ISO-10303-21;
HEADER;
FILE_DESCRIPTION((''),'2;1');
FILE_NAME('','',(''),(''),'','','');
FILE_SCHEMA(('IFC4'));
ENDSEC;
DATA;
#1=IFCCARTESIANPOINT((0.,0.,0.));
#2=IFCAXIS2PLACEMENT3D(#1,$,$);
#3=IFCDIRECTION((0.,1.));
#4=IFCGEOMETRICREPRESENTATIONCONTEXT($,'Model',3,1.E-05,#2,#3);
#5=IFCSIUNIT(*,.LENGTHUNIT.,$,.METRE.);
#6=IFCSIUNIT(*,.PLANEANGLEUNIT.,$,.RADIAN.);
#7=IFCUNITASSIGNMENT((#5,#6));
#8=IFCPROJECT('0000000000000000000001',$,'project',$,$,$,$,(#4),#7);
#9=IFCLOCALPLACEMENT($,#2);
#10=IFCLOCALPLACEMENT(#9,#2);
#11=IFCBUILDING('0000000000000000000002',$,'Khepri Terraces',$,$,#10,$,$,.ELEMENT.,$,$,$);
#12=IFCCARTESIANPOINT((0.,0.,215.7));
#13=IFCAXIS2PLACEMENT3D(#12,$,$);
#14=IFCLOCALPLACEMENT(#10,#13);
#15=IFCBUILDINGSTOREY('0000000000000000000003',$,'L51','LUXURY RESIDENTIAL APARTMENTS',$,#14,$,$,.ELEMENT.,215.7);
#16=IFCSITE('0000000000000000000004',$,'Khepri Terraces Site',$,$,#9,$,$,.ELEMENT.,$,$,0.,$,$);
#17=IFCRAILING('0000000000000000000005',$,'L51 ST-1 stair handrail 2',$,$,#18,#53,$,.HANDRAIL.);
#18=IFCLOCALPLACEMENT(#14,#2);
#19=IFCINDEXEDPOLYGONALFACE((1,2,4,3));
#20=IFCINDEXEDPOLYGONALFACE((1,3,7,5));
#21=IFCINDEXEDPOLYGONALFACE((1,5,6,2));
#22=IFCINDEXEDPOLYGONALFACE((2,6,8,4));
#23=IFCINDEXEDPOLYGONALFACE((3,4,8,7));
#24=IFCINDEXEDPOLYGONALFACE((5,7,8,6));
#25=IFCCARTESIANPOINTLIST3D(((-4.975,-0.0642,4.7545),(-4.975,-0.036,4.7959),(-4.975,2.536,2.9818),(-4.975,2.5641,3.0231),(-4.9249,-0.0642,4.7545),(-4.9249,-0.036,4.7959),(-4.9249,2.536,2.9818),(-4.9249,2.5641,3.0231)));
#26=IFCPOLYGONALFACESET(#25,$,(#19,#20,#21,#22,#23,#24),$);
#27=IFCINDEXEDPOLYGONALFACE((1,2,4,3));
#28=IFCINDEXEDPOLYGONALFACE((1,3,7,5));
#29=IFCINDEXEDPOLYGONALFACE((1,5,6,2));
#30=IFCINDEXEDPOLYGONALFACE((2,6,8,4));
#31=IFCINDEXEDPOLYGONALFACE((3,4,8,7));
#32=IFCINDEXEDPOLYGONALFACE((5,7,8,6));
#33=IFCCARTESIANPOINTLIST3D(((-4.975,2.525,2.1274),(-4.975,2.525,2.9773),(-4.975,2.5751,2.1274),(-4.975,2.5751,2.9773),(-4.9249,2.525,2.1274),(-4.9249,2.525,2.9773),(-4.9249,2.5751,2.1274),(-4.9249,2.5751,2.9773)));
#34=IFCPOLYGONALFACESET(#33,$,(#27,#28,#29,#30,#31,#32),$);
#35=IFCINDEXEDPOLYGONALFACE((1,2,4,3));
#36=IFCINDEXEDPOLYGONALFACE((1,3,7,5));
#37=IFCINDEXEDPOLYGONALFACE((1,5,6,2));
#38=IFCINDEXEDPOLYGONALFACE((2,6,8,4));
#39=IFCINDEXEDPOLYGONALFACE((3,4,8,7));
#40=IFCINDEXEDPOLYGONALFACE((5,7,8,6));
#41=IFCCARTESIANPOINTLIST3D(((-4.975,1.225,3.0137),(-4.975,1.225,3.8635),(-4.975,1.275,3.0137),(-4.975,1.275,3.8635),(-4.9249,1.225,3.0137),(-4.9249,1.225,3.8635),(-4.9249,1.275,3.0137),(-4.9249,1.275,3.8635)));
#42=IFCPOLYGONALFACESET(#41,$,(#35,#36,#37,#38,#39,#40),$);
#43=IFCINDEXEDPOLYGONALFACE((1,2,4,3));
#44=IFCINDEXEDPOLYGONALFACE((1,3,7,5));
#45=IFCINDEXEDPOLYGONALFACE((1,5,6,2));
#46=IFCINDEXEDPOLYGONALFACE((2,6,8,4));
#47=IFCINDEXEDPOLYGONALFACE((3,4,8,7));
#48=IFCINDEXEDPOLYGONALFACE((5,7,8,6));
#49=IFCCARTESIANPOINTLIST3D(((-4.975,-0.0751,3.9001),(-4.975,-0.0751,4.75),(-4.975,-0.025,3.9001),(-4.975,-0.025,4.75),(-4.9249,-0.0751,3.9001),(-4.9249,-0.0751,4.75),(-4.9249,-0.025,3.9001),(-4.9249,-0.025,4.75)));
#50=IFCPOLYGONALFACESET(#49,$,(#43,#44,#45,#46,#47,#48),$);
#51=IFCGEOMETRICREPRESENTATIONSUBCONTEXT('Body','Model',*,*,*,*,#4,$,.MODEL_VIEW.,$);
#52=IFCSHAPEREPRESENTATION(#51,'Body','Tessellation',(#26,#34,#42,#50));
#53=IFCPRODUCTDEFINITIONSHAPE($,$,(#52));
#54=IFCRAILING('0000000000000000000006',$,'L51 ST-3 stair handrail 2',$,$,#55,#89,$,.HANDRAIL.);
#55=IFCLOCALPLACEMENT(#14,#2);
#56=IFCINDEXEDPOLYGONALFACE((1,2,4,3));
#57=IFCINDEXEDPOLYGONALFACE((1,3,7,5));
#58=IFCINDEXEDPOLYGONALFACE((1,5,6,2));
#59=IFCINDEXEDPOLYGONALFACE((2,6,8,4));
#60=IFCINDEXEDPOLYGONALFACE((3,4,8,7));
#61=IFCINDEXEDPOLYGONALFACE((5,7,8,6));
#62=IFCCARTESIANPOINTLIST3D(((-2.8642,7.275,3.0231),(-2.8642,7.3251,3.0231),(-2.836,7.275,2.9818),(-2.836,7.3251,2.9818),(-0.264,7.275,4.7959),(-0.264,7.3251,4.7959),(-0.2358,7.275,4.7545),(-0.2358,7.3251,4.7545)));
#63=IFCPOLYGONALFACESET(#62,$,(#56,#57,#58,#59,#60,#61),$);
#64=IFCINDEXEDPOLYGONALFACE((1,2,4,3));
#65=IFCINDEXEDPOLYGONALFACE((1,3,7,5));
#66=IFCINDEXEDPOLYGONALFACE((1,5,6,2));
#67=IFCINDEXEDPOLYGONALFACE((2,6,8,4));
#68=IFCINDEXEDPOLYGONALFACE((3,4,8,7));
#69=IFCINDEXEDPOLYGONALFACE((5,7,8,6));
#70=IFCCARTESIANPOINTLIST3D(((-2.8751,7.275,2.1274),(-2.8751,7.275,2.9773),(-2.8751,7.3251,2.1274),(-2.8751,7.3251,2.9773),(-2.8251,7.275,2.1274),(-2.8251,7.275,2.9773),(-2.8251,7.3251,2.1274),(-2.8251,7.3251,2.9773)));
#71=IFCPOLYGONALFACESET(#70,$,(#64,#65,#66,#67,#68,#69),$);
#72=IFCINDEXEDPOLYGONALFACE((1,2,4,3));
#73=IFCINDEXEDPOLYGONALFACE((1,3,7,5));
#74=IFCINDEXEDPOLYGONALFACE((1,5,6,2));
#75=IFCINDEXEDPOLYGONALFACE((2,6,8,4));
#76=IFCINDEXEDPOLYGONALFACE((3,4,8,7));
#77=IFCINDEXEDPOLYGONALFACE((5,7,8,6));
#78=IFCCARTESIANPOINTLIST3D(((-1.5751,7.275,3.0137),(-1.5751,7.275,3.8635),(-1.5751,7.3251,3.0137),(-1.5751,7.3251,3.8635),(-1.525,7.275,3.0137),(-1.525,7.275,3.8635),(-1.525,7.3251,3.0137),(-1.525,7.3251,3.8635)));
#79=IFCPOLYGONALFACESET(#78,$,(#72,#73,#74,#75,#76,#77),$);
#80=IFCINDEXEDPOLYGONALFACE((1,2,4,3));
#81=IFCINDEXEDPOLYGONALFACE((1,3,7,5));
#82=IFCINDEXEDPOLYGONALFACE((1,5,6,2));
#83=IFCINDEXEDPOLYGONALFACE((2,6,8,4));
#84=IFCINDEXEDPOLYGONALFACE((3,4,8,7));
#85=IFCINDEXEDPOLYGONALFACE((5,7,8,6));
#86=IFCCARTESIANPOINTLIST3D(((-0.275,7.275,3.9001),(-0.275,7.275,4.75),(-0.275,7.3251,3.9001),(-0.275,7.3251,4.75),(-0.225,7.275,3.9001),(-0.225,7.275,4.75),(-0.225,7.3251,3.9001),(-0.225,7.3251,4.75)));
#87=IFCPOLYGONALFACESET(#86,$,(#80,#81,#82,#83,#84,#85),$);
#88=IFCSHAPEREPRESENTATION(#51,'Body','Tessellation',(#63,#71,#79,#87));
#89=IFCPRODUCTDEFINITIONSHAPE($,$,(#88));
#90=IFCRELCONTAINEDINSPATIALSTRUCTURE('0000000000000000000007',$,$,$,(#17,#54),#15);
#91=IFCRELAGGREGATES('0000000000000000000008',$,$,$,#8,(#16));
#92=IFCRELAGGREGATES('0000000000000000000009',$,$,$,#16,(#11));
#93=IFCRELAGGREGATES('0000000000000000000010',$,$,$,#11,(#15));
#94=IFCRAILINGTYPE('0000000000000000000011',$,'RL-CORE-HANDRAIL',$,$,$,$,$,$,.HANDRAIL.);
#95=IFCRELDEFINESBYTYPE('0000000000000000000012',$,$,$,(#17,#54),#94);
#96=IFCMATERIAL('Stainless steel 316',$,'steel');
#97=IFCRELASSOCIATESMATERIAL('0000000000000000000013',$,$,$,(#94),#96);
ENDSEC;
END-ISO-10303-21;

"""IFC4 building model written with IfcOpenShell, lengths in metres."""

from ifc_helpers import new_model, si_unit, direction, frame, origin, origin_2d, place, context, subcontext, project, spatial, rectangle, extrude, material, type_object, element, save


model = new_model("IFC4")

# Units and contexts
model_context = context("Model", 3, precision=1e-05, world=origin(), true_north=direction((0.0, 1.0)))
body_context = subcontext(model_context, "Body", "Model", "MODEL_VIEW")
ifc_project = project(units=[si_unit("LENGTHUNIT", "METRE"), si_unit("PLANEANGLEUNIT", "RADIAN")], contexts=[model_context])

# Site, building, storey
site_placement = place(None, origin())
site = spatial("IfcSite", under=ifc_project, at=site_placement, Name="Khepri Terraces Site", CompositionType="ELEMENT", RefElevation=0.0)
building_placement = place(site_placement, origin())
building = spatial("IfcBuilding", under=site, at=building_placement, Name="Khepri Terraces", CompositionType="ELEMENT")
storey_placement = place(building_placement, frame((0.0, 0.0, 215.7)))
storey = spatial("IfcBuildingStorey", under=building, at=storey_placement, Name="L51", Description="LUXURY RESIDENTIAL APARTMENTS", CompositionType="ELEMENT", Elevation=215.7)

# Railings
ifc_material_1 = material(Name="Stainless steel 316", Category="steel")
railing_type_1 = type_object("IfcRailingType", Name="RL-CORE-HANDRAIL", PredefinedType="HANDRAIL", material=ifc_material_1)
railing_1_placement = place(storey_placement, frame((-4.95, 2.55, 2.1274)))
element("IfcRailing", 1, at=railing_1_placement, inside=storey, type_object=railing_type_1, Name="L51 ST-1 stair handrail 2", PredefinedType="HANDRAIL", context=body_context, shape_type="SweptSolid", body=[
    extrude(rectangle(XDim=0.05, YDim=0.05, at=origin_2d()), frame((0.0, 0.0, 0.875), z_axis=(0.0, -0.82624, 0.563318), x_axis=(1.0, 0.0, 0.0)), (0.0, 0.0, 1.0), 3.147),
    extrude(rectangle(XDim=0.05, YDim=0.05, at=origin_2d()), origin(), (0.0, 0.0, 1.0), 0.8499),
    extrude(rectangle(XDim=0.05, YDim=0.05, at=origin_2d()), frame((0.0, -1.3, 0.8862)), (0.0, 0.0, 1.0), 0.8499),
    extrude(rectangle(XDim=0.05, YDim=0.05, at=origin_2d()), frame((0.0, -2.6001, 1.7727)), (0.0, 0.0, 1.0), 0.8499),
])
railing_2_placement = place(storey_placement, frame((-2.8501, 7.3, 2.1274)))
element("IfcRailing", 2, at=railing_2_placement, inside=storey, type_object=railing_type_1, Name="L51 ST-3 stair handrail 2", PredefinedType="HANDRAIL", context=body_context, shape_type="SweptSolid", body=[
    extrude(rectangle(XDim=0.05, YDim=0.05, at=origin_2d()), frame((0.0, 0.0, 0.875), z_axis=(0.82624, 0.0, 0.563318), x_axis=(0.0, 1.0, 0.0)), (0.0, 0.0, 1.0), 3.147),
    extrude(rectangle(XDim=0.05, YDim=0.05, at=origin_2d()), origin(), (0.0, 0.0, 1.0), 0.8499),
    extrude(rectangle(XDim=0.05, YDim=0.05, at=origin_2d()), frame((1.3, 0.0, 0.8862)), (0.0, 0.0, 1.0), 0.8499),
    extrude(rectangle(XDim=0.05, YDim=0.05, at=origin_2d()), frame((2.6001, 0.0, 1.7727)), (0.0, 0.0, 1.0), 0.8499),
])

save(model, "model.ifc")
